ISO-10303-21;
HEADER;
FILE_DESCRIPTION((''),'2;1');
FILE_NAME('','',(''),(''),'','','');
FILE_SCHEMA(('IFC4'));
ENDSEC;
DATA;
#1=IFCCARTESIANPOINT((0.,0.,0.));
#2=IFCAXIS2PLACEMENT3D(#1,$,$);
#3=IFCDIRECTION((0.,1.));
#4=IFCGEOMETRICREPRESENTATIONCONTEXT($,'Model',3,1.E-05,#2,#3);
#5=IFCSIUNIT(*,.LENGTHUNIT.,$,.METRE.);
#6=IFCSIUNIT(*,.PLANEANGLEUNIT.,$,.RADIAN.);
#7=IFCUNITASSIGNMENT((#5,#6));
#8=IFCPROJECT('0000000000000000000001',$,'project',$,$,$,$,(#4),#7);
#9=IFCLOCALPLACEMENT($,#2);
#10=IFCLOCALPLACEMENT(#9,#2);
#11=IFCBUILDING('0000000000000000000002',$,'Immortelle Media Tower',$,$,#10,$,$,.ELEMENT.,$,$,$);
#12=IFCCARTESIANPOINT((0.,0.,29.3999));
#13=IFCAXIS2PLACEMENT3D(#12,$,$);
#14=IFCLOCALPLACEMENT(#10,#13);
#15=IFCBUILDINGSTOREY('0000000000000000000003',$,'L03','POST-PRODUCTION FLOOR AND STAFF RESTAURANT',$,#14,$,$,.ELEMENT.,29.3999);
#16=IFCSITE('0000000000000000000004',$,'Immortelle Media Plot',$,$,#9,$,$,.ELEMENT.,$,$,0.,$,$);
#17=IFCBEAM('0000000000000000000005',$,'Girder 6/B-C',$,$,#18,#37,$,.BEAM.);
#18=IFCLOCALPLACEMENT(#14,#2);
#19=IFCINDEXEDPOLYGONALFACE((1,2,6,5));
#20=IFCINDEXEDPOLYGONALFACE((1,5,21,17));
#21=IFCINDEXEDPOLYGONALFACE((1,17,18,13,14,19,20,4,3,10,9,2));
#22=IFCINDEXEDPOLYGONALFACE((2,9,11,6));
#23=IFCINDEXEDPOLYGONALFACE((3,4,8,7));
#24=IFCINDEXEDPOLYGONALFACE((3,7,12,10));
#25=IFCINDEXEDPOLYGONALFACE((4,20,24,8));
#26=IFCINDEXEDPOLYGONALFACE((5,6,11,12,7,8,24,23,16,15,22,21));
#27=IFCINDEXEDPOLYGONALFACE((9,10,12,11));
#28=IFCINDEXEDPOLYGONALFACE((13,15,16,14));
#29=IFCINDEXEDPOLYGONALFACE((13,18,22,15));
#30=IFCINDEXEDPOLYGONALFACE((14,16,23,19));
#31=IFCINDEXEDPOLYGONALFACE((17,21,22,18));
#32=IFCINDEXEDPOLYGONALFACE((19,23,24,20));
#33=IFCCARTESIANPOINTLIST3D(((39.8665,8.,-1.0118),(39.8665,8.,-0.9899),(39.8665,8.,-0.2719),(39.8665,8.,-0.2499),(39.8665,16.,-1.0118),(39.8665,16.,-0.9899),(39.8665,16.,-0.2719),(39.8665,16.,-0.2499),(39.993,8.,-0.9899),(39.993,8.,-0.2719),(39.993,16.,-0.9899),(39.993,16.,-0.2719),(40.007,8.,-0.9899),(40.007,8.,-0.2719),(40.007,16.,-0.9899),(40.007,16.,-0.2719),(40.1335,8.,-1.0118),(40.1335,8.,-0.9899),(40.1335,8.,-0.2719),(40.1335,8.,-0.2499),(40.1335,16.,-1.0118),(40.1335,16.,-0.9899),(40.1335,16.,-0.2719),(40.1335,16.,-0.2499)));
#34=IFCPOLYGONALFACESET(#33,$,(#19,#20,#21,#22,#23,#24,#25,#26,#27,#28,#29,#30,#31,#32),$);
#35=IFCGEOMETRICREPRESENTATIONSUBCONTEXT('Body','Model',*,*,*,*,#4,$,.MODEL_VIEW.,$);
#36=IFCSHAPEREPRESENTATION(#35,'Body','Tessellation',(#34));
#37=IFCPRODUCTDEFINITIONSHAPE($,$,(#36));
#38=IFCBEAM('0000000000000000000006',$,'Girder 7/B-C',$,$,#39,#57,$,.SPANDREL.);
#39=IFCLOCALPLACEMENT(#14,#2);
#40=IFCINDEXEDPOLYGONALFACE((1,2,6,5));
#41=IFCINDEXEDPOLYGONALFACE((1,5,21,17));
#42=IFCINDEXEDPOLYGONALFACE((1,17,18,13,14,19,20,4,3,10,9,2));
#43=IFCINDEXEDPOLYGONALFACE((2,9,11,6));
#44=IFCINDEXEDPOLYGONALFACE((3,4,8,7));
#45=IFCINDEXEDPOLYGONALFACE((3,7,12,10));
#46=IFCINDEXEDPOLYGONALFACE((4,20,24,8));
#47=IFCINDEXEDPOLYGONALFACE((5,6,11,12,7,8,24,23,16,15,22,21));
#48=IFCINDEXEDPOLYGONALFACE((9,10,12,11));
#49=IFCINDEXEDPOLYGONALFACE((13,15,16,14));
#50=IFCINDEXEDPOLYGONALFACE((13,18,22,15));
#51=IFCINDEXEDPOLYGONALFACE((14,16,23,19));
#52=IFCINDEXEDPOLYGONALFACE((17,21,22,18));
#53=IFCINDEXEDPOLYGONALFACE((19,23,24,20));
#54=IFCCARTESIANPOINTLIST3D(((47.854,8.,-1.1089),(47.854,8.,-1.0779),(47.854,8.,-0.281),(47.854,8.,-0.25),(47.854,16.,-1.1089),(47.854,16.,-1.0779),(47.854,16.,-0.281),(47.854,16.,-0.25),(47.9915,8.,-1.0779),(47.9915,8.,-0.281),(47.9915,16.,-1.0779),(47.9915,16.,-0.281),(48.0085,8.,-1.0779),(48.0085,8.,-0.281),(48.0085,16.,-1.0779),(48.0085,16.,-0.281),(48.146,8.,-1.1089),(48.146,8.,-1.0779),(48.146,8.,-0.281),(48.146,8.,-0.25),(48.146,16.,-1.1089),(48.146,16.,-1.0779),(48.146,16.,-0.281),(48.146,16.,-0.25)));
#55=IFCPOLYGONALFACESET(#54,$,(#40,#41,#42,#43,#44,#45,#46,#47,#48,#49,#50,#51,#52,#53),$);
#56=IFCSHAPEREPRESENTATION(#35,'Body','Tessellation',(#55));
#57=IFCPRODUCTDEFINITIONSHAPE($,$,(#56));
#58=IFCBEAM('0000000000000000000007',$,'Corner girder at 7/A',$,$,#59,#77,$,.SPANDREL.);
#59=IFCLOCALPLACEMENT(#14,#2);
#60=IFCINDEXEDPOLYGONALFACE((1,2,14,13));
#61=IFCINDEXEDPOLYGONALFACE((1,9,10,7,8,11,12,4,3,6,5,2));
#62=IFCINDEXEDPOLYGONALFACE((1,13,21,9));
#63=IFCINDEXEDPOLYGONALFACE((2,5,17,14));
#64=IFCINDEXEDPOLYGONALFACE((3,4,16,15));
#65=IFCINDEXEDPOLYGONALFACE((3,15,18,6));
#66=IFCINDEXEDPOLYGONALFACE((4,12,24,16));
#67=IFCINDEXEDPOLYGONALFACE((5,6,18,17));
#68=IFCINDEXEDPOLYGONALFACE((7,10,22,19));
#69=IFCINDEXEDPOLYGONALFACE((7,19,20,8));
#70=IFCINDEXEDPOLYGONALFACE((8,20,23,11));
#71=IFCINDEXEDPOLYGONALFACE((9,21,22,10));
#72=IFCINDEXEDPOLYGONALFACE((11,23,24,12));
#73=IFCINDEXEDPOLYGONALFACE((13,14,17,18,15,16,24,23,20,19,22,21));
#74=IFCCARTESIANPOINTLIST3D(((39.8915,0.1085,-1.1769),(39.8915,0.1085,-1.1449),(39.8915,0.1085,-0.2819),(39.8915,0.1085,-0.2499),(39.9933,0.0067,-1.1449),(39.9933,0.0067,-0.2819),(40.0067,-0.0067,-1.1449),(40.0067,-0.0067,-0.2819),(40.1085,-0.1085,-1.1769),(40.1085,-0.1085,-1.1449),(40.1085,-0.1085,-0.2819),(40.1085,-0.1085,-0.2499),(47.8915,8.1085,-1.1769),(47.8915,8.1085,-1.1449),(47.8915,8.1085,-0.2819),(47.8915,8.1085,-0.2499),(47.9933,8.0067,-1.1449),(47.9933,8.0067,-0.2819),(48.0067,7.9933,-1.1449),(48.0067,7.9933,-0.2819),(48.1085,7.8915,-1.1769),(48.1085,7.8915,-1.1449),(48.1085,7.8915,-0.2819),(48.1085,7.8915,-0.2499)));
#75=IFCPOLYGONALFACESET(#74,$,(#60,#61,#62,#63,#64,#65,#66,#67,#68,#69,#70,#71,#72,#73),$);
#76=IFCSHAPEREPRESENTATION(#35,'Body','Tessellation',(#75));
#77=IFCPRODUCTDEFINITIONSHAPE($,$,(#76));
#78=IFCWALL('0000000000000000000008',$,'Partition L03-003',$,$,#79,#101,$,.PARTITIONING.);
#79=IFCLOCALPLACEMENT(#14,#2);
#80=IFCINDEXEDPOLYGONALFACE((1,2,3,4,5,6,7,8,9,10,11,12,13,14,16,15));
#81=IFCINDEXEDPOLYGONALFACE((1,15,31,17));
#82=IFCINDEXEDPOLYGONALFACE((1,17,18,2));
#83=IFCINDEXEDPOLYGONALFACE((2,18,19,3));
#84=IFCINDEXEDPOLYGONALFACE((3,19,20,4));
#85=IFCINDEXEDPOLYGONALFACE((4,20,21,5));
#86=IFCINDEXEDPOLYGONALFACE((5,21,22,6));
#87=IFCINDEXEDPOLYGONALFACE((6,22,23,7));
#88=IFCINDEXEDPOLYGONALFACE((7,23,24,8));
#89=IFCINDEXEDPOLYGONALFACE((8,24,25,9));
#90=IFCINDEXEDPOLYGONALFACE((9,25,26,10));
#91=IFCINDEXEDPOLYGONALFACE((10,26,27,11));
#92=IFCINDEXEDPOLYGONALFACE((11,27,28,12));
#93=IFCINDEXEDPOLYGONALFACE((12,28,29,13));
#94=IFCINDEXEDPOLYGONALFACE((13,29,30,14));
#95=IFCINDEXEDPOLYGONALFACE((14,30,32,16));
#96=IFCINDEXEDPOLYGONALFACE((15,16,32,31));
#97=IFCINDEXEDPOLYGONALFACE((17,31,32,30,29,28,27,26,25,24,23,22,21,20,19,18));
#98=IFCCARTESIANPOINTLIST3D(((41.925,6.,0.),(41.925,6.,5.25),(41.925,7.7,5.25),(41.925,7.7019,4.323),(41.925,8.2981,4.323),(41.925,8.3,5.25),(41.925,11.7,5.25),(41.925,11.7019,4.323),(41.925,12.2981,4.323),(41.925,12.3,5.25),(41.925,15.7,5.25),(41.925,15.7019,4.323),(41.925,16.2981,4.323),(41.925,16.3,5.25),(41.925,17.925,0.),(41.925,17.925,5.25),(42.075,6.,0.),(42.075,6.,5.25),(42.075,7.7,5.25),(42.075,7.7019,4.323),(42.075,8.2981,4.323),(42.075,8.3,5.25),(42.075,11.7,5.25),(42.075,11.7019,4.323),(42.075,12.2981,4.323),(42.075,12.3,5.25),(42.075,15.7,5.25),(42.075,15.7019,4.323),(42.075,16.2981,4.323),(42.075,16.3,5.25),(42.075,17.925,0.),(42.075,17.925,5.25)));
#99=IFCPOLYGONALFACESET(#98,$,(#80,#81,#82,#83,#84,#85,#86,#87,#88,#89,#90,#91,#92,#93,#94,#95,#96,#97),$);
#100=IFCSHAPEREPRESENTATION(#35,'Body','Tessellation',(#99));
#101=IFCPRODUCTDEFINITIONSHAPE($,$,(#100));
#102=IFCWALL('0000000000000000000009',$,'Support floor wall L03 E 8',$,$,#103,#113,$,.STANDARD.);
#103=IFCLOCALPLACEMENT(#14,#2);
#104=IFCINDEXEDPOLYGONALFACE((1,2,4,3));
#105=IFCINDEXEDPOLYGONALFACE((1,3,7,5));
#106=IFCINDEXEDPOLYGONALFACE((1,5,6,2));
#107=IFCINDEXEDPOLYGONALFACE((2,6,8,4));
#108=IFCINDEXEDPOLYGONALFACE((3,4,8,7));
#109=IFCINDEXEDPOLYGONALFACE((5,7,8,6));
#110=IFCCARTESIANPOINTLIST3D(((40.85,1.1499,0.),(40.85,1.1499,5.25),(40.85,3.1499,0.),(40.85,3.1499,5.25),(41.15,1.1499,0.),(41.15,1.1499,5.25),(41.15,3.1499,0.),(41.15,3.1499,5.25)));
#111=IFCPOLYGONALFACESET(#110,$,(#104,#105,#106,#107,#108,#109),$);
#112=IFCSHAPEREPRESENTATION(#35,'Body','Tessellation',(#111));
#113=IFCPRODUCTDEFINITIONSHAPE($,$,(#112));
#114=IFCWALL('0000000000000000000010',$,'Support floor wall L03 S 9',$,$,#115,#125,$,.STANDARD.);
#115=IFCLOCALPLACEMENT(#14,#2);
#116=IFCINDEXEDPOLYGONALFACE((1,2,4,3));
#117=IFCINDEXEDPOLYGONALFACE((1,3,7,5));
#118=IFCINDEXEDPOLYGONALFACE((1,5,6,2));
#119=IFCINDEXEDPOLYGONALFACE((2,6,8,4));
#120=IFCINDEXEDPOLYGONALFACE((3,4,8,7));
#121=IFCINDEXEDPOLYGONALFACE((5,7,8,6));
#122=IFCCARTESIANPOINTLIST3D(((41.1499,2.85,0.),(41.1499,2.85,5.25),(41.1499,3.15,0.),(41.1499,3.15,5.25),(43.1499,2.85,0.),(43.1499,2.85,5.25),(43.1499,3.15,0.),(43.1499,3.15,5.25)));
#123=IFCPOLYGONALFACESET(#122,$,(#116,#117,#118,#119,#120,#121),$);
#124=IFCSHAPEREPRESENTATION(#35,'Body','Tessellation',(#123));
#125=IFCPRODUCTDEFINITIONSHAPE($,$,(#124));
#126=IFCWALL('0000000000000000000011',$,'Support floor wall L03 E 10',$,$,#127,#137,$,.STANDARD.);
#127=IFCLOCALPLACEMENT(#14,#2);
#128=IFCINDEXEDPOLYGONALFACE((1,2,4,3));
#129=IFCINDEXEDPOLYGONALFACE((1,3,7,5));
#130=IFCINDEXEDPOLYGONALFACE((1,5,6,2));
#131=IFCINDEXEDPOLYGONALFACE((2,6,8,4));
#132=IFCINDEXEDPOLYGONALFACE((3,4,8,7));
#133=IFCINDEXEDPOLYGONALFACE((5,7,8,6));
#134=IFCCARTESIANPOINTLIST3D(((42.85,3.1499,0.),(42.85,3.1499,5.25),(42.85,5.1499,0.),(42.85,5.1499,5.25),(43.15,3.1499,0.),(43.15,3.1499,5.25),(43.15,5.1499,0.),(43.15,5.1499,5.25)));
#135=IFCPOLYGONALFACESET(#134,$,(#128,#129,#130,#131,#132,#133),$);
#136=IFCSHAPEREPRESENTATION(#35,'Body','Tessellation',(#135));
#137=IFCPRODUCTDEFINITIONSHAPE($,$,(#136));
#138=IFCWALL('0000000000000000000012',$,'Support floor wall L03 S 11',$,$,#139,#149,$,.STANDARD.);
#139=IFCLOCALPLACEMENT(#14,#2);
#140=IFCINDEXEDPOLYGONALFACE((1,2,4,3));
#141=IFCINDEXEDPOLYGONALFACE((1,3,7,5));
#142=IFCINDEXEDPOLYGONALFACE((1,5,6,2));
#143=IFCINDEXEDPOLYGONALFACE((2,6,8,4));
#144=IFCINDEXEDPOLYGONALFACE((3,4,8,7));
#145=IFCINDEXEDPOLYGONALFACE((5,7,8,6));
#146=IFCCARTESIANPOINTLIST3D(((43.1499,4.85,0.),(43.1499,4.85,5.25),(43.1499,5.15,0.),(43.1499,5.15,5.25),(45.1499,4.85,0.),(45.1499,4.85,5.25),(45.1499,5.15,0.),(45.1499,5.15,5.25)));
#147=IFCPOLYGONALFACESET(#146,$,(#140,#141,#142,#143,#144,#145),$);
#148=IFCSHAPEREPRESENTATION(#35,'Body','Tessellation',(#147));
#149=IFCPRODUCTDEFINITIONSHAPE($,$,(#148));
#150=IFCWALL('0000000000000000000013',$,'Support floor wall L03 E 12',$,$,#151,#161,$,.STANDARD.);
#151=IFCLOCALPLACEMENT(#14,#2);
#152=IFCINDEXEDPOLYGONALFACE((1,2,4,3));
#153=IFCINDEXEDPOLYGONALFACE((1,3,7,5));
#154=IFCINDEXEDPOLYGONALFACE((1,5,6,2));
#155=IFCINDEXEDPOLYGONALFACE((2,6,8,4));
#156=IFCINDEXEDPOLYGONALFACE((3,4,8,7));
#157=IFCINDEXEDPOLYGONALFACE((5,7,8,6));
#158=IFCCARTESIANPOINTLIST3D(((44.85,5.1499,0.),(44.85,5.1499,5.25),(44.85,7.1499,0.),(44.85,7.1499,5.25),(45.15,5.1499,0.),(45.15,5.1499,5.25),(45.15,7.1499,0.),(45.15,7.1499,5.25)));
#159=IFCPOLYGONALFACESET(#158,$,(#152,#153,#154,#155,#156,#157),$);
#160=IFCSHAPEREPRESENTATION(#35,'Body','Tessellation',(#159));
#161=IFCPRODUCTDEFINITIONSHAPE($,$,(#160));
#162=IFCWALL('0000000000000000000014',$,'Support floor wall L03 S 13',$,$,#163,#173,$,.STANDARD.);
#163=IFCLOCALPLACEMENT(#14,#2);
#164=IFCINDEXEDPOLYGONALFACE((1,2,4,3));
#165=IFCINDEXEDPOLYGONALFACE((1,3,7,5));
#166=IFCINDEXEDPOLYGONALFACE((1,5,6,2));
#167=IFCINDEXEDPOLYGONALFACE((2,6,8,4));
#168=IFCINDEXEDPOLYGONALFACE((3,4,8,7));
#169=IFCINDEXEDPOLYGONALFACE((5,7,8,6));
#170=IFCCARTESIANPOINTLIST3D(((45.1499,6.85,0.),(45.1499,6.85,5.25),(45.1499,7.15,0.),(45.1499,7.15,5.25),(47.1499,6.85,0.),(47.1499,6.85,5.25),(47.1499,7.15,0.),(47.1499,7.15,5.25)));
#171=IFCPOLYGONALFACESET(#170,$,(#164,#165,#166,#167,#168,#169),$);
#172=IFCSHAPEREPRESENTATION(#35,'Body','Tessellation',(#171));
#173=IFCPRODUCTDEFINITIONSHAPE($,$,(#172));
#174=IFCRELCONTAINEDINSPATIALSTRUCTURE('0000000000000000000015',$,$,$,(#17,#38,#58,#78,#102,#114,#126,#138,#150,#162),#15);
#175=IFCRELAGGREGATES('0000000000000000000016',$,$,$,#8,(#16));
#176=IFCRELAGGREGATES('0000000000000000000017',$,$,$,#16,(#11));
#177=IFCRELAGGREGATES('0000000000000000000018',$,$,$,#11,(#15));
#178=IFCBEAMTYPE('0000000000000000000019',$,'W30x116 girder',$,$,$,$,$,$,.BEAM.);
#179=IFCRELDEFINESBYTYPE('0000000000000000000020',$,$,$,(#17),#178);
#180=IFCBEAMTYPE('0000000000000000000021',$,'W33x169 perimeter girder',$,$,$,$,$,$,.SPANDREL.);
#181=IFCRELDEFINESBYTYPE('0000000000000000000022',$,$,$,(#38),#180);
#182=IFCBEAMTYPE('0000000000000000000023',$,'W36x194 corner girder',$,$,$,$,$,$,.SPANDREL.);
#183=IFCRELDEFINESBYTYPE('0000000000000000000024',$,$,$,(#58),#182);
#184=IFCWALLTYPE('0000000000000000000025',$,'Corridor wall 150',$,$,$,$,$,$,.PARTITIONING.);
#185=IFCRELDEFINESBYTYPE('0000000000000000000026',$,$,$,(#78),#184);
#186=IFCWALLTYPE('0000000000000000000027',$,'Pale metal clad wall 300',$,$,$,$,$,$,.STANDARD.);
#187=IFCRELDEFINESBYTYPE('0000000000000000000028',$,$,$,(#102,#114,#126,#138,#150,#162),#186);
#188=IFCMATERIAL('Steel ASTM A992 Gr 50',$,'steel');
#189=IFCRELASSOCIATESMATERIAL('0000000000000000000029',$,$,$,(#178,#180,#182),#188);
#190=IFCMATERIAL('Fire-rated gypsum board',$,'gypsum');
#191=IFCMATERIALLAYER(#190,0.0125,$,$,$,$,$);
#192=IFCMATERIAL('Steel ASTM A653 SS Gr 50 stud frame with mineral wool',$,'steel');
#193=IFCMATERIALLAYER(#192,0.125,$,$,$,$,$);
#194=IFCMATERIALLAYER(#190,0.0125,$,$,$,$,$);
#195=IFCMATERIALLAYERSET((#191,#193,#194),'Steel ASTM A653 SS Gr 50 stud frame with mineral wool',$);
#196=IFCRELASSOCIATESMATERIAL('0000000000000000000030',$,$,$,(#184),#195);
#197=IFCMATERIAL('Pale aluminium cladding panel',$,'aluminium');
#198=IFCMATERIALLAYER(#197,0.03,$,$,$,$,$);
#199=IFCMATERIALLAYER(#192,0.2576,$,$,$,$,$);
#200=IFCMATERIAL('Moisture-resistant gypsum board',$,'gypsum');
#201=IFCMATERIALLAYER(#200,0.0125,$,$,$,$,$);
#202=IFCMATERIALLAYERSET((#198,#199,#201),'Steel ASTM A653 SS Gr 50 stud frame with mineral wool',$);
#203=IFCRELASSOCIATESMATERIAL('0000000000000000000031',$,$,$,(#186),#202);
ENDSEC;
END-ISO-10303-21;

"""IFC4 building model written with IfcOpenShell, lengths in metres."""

from ifc_helpers import new_model, si_unit, direction, frame, frame_2d, origin, origin_2d, place, context, subcontext, project, spatial, polyline, rectangle, i_section, outline, extrude, material, layer, layer_set, material_profile, profile_set, type_object, element, save


model = new_model("IFC4")

# Units and contexts
model_context = context("Model", 3, precision=1e-05, world=origin(), true_north=direction((0.0, 1.0)))
body_context = subcontext(model_context, "Body", "Model", "MODEL_VIEW")
ifc_project = project(units=[si_unit("LENGTHUNIT", "METRE"), si_unit("PLANEANGLEUNIT", "RADIAN")], contexts=[model_context])

# Site, building, storey
site_placement = place(None, origin())
site = spatial("IfcSite", under=ifc_project, at=site_placement, Name="Immortelle Media Plot", CompositionType="ELEMENT", RefElevation=0.0)
building_placement = place(site_placement, origin())
building = spatial("IfcBuilding", under=site, at=building_placement, Name="Immortelle Media Tower", CompositionType="ELEMENT")
storey_placement = place(building_placement, frame((0.0, 0.0, 29.3999)))
storey = spatial("IfcBuildingStorey", under=building, at=storey_placement, Name="L03", Description="POST-PRODUCTION FLOOR AND STAFF RESTAURANT", CompositionType="ELEMENT", Elevation=29.3999)

# Shared definitions
ifc_material_1 = material(Name="Steel ASTM A992 Gr 50", Category="steel")

# Beams
ifc_material_profile_1 = material_profile(ifc_material_1, i_section(OverallWidth=0.2671, OverallDepth=0.762, WebThickness=0.0139, FlangeThickness=0.022, at=origin_2d()), Name="W30x116")
ifc_profile_set_1 = profile_set([ifc_material_profile_1], Name="Steel ASTM A992 Gr 50")
beam_type_1 = type_object("IfcBeamType", Name="W30x116 girder", PredefinedType="BEAM", material=ifc_profile_set_1)
for number, where, z_axis, x_axis, name in (
    (1, (40.0, 8.0, -0.6309), (0.0, 1.0, 0.0), (-1.0, 0.0, 0.0), "Girder 6/B-C"),
):
    element("IfcBeam", number, at=place(storey_placement, frame(where, z_axis=z_axis, x_axis=x_axis)), inside=storey, type_object=beam_type_1, Name=name, PredefinedType="BEAM", context=body_context, shape_type="SweptSolid", body=[
        extrude(i_section(OverallWidth=0.2671, OverallDepth=0.762, WebThickness=0.0139, FlangeThickness=0.022, at=origin_2d()), origin(), (0.0, 0.0, 1.0), 8.0),
    ])
ifc_material_profile_2 = material_profile(ifc_material_1, i_section(OverallWidth=0.292, OverallDepth=0.8589, WebThickness=0.0171, FlangeThickness=0.031, at=origin_2d()), Name="W33x169")
ifc_profile_set_2 = profile_set([ifc_material_profile_2], Name="Steel ASTM A992 Gr 50")
beam_type_2 = type_object("IfcBeamType", Name="W33x169 perimeter girder", PredefinedType="SPANDREL", material=ifc_profile_set_2)
beam_1_placement = place(storey_placement, frame((48.0, 8.0, -0.6794), z_axis=(0.0, 1.0, 0.0), x_axis=(-1.0, 0.0, 0.0)))
element("IfcBeam", 2, at=beam_1_placement, inside=storey, type_object=beam_type_2, Name="Girder 7/B-C", PredefinedType="SPANDREL", context=body_context, shape_type="SweptSolid", body=[
    extrude(i_section(OverallWidth=0.292, OverallDepth=0.8589, WebThickness=0.0171, FlangeThickness=0.031, at=origin_2d()), origin(), (0.0, 0.0, 1.0), 8.0),
])
ifc_material_profile_3 = material_profile(ifc_material_1, i_section(OverallWidth=0.3069, OverallDepth=0.927, WebThickness=0.019, FlangeThickness=0.032, at=origin_2d()), Name="W36x194")
ifc_profile_set_3 = profile_set([ifc_material_profile_3], Name="Steel ASTM A992 Gr 50")
beam_type_3 = type_object("IfcBeamType", Name="W36x194 corner girder", PredefinedType="SPANDREL", material=ifc_profile_set_3)
beam_2_placement = place(storey_placement, frame((48.0, 8.0, -0.7134), z_axis=(-0.707107, -0.707107, 0.0), x_axis=(0.707107, -0.707107, 0.0)))
element("IfcBeam", 3, at=beam_2_placement, inside=storey, type_object=beam_type_3, Name="Corner girder at 7/A", PredefinedType="SPANDREL", context=body_context, shape_type="SweptSolid", body=[
    extrude(i_section(OverallWidth=0.3069, OverallDepth=0.927, WebThickness=0.019, FlangeThickness=0.032, at=origin_2d()), origin(), (0.0, 0.0, 1.0), 11.3137),
])

# Walls
ifc_material_2 = material(Name="Fire-rated gypsum board", Category="gypsum")
ifc_layer_1 = layer(ifc_material_2, 0.0125)
ifc_material_3 = material(Name="Steel ASTM A653 SS Gr 50 stud frame with mineral wool", Category="steel")
ifc_layer_2 = layer(ifc_material_3, 0.125)
ifc_layer_3 = layer(ifc_material_2, 0.0125)
ifc_layer_set_1 = layer_set([ifc_layer_1, ifc_layer_2, ifc_layer_3], Name="Steel ASTM A653 SS Gr 50 stud frame with mineral wool")
wall_type_1 = type_object("IfcWallType", Name="Corridor wall 150", PredefinedType="PARTITIONING", material=ifc_layer_set_1)
wall_1_placement = place(storey_placement, frame((42.0, 6.0, 0.0), z_axis=(0.0, 0.0, 1.0), x_axis=(0.0, 1.0, 0.0)))
element("IfcWall", 4, at=wall_1_placement, inside=storey, type_object=wall_type_1, Name="Partition L03-003", PredefinedType="PARTITIONING", context=body_context, shape_type="SweptSolid", body=[
    extrude(outline(polyline([(0.0, 0.0), (11.925, 0.0), (11.925, 5.25), (10.3, 5.25), (10.2981, 4.323), (9.7019, 4.323), (9.7, 5.25), (6.3, 5.25), (6.2981, 4.323), (5.7019, 4.323), (5.7, 5.25), (2.3, 5.25), (2.2981, 4.323), (1.7019, 4.323), (1.7, 5.25), (0.0, 5.25), (0.0, 0.0)])), frame((0.0, 0.075, 0.0), z_axis=(0.0, -1.0, 0.0), x_axis=(1.0, 0.0, 0.0)), (0.0, 0.0, 1.0), 0.1499),
])
ifc_material_4 = material(Name="Pale aluminium cladding panel", Category="aluminium")
ifc_layer_4 = layer(ifc_material_4, 0.03)
ifc_layer_5 = layer(ifc_material_3, 0.2576)
ifc_material_5 = material(Name="Moisture-resistant gypsum board", Category="gypsum")
ifc_layer_6 = layer(ifc_material_5, 0.0125)
ifc_layer_set_2 = layer_set([ifc_layer_4, ifc_layer_5, ifc_layer_6], Name="Steel ASTM A653 SS Gr 50 stud frame with mineral wool")
wall_type_2 = type_object("IfcWallType", Name="Pale metal clad wall 300", PredefinedType="STANDARD", material=ifc_layer_set_2)
for number, where, z_axis, x_axis, name in (
    (5, (41.0, 1.1499, 0.0), (0.0, 0.0, 1.0), (0.0, 1.0, 0.0), "Support floor wall L03 E 8"),
    (6, (41.1499, 3.0, 0.0), (0.0, 0.0, 1.0), (1.0, 0.0, 0.0), "Support floor wall L03 S 9"),
    (7, (43.0, 3.1499, 0.0), (0.0, 0.0, 1.0), (0.0, 1.0, 0.0), "Support floor wall L03 E 10"),
    (8, (43.1499, 5.0, 0.0), (0.0, 0.0, 1.0), (1.0, 0.0, 0.0), "Support floor wall L03 S 11"),
    (9, (45.0, 5.1499, 0.0), (0.0, 0.0, 1.0), (0.0, 1.0, 0.0), "Support floor wall L03 E 12"),
    (10, (45.1499, 7.0, 0.0), (0.0, 0.0, 1.0), (1.0, 0.0, 0.0), "Support floor wall L03 S 13"),
):
    element("IfcWall", number, at=place(storey_placement, frame(where, z_axis=z_axis, x_axis=x_axis)), inside=storey, type_object=wall_type_2, Name=name, PredefinedType="STANDARD", context=body_context, shape_type="SweptSolid", body=[
        extrude(rectangle(XDim=2.0, YDim=0.3, at=frame_2d((1.0, 0.0))), origin(), (0.0, 0.0, 1.0), 5.25),
    ])

save(model, "model.ifc")
